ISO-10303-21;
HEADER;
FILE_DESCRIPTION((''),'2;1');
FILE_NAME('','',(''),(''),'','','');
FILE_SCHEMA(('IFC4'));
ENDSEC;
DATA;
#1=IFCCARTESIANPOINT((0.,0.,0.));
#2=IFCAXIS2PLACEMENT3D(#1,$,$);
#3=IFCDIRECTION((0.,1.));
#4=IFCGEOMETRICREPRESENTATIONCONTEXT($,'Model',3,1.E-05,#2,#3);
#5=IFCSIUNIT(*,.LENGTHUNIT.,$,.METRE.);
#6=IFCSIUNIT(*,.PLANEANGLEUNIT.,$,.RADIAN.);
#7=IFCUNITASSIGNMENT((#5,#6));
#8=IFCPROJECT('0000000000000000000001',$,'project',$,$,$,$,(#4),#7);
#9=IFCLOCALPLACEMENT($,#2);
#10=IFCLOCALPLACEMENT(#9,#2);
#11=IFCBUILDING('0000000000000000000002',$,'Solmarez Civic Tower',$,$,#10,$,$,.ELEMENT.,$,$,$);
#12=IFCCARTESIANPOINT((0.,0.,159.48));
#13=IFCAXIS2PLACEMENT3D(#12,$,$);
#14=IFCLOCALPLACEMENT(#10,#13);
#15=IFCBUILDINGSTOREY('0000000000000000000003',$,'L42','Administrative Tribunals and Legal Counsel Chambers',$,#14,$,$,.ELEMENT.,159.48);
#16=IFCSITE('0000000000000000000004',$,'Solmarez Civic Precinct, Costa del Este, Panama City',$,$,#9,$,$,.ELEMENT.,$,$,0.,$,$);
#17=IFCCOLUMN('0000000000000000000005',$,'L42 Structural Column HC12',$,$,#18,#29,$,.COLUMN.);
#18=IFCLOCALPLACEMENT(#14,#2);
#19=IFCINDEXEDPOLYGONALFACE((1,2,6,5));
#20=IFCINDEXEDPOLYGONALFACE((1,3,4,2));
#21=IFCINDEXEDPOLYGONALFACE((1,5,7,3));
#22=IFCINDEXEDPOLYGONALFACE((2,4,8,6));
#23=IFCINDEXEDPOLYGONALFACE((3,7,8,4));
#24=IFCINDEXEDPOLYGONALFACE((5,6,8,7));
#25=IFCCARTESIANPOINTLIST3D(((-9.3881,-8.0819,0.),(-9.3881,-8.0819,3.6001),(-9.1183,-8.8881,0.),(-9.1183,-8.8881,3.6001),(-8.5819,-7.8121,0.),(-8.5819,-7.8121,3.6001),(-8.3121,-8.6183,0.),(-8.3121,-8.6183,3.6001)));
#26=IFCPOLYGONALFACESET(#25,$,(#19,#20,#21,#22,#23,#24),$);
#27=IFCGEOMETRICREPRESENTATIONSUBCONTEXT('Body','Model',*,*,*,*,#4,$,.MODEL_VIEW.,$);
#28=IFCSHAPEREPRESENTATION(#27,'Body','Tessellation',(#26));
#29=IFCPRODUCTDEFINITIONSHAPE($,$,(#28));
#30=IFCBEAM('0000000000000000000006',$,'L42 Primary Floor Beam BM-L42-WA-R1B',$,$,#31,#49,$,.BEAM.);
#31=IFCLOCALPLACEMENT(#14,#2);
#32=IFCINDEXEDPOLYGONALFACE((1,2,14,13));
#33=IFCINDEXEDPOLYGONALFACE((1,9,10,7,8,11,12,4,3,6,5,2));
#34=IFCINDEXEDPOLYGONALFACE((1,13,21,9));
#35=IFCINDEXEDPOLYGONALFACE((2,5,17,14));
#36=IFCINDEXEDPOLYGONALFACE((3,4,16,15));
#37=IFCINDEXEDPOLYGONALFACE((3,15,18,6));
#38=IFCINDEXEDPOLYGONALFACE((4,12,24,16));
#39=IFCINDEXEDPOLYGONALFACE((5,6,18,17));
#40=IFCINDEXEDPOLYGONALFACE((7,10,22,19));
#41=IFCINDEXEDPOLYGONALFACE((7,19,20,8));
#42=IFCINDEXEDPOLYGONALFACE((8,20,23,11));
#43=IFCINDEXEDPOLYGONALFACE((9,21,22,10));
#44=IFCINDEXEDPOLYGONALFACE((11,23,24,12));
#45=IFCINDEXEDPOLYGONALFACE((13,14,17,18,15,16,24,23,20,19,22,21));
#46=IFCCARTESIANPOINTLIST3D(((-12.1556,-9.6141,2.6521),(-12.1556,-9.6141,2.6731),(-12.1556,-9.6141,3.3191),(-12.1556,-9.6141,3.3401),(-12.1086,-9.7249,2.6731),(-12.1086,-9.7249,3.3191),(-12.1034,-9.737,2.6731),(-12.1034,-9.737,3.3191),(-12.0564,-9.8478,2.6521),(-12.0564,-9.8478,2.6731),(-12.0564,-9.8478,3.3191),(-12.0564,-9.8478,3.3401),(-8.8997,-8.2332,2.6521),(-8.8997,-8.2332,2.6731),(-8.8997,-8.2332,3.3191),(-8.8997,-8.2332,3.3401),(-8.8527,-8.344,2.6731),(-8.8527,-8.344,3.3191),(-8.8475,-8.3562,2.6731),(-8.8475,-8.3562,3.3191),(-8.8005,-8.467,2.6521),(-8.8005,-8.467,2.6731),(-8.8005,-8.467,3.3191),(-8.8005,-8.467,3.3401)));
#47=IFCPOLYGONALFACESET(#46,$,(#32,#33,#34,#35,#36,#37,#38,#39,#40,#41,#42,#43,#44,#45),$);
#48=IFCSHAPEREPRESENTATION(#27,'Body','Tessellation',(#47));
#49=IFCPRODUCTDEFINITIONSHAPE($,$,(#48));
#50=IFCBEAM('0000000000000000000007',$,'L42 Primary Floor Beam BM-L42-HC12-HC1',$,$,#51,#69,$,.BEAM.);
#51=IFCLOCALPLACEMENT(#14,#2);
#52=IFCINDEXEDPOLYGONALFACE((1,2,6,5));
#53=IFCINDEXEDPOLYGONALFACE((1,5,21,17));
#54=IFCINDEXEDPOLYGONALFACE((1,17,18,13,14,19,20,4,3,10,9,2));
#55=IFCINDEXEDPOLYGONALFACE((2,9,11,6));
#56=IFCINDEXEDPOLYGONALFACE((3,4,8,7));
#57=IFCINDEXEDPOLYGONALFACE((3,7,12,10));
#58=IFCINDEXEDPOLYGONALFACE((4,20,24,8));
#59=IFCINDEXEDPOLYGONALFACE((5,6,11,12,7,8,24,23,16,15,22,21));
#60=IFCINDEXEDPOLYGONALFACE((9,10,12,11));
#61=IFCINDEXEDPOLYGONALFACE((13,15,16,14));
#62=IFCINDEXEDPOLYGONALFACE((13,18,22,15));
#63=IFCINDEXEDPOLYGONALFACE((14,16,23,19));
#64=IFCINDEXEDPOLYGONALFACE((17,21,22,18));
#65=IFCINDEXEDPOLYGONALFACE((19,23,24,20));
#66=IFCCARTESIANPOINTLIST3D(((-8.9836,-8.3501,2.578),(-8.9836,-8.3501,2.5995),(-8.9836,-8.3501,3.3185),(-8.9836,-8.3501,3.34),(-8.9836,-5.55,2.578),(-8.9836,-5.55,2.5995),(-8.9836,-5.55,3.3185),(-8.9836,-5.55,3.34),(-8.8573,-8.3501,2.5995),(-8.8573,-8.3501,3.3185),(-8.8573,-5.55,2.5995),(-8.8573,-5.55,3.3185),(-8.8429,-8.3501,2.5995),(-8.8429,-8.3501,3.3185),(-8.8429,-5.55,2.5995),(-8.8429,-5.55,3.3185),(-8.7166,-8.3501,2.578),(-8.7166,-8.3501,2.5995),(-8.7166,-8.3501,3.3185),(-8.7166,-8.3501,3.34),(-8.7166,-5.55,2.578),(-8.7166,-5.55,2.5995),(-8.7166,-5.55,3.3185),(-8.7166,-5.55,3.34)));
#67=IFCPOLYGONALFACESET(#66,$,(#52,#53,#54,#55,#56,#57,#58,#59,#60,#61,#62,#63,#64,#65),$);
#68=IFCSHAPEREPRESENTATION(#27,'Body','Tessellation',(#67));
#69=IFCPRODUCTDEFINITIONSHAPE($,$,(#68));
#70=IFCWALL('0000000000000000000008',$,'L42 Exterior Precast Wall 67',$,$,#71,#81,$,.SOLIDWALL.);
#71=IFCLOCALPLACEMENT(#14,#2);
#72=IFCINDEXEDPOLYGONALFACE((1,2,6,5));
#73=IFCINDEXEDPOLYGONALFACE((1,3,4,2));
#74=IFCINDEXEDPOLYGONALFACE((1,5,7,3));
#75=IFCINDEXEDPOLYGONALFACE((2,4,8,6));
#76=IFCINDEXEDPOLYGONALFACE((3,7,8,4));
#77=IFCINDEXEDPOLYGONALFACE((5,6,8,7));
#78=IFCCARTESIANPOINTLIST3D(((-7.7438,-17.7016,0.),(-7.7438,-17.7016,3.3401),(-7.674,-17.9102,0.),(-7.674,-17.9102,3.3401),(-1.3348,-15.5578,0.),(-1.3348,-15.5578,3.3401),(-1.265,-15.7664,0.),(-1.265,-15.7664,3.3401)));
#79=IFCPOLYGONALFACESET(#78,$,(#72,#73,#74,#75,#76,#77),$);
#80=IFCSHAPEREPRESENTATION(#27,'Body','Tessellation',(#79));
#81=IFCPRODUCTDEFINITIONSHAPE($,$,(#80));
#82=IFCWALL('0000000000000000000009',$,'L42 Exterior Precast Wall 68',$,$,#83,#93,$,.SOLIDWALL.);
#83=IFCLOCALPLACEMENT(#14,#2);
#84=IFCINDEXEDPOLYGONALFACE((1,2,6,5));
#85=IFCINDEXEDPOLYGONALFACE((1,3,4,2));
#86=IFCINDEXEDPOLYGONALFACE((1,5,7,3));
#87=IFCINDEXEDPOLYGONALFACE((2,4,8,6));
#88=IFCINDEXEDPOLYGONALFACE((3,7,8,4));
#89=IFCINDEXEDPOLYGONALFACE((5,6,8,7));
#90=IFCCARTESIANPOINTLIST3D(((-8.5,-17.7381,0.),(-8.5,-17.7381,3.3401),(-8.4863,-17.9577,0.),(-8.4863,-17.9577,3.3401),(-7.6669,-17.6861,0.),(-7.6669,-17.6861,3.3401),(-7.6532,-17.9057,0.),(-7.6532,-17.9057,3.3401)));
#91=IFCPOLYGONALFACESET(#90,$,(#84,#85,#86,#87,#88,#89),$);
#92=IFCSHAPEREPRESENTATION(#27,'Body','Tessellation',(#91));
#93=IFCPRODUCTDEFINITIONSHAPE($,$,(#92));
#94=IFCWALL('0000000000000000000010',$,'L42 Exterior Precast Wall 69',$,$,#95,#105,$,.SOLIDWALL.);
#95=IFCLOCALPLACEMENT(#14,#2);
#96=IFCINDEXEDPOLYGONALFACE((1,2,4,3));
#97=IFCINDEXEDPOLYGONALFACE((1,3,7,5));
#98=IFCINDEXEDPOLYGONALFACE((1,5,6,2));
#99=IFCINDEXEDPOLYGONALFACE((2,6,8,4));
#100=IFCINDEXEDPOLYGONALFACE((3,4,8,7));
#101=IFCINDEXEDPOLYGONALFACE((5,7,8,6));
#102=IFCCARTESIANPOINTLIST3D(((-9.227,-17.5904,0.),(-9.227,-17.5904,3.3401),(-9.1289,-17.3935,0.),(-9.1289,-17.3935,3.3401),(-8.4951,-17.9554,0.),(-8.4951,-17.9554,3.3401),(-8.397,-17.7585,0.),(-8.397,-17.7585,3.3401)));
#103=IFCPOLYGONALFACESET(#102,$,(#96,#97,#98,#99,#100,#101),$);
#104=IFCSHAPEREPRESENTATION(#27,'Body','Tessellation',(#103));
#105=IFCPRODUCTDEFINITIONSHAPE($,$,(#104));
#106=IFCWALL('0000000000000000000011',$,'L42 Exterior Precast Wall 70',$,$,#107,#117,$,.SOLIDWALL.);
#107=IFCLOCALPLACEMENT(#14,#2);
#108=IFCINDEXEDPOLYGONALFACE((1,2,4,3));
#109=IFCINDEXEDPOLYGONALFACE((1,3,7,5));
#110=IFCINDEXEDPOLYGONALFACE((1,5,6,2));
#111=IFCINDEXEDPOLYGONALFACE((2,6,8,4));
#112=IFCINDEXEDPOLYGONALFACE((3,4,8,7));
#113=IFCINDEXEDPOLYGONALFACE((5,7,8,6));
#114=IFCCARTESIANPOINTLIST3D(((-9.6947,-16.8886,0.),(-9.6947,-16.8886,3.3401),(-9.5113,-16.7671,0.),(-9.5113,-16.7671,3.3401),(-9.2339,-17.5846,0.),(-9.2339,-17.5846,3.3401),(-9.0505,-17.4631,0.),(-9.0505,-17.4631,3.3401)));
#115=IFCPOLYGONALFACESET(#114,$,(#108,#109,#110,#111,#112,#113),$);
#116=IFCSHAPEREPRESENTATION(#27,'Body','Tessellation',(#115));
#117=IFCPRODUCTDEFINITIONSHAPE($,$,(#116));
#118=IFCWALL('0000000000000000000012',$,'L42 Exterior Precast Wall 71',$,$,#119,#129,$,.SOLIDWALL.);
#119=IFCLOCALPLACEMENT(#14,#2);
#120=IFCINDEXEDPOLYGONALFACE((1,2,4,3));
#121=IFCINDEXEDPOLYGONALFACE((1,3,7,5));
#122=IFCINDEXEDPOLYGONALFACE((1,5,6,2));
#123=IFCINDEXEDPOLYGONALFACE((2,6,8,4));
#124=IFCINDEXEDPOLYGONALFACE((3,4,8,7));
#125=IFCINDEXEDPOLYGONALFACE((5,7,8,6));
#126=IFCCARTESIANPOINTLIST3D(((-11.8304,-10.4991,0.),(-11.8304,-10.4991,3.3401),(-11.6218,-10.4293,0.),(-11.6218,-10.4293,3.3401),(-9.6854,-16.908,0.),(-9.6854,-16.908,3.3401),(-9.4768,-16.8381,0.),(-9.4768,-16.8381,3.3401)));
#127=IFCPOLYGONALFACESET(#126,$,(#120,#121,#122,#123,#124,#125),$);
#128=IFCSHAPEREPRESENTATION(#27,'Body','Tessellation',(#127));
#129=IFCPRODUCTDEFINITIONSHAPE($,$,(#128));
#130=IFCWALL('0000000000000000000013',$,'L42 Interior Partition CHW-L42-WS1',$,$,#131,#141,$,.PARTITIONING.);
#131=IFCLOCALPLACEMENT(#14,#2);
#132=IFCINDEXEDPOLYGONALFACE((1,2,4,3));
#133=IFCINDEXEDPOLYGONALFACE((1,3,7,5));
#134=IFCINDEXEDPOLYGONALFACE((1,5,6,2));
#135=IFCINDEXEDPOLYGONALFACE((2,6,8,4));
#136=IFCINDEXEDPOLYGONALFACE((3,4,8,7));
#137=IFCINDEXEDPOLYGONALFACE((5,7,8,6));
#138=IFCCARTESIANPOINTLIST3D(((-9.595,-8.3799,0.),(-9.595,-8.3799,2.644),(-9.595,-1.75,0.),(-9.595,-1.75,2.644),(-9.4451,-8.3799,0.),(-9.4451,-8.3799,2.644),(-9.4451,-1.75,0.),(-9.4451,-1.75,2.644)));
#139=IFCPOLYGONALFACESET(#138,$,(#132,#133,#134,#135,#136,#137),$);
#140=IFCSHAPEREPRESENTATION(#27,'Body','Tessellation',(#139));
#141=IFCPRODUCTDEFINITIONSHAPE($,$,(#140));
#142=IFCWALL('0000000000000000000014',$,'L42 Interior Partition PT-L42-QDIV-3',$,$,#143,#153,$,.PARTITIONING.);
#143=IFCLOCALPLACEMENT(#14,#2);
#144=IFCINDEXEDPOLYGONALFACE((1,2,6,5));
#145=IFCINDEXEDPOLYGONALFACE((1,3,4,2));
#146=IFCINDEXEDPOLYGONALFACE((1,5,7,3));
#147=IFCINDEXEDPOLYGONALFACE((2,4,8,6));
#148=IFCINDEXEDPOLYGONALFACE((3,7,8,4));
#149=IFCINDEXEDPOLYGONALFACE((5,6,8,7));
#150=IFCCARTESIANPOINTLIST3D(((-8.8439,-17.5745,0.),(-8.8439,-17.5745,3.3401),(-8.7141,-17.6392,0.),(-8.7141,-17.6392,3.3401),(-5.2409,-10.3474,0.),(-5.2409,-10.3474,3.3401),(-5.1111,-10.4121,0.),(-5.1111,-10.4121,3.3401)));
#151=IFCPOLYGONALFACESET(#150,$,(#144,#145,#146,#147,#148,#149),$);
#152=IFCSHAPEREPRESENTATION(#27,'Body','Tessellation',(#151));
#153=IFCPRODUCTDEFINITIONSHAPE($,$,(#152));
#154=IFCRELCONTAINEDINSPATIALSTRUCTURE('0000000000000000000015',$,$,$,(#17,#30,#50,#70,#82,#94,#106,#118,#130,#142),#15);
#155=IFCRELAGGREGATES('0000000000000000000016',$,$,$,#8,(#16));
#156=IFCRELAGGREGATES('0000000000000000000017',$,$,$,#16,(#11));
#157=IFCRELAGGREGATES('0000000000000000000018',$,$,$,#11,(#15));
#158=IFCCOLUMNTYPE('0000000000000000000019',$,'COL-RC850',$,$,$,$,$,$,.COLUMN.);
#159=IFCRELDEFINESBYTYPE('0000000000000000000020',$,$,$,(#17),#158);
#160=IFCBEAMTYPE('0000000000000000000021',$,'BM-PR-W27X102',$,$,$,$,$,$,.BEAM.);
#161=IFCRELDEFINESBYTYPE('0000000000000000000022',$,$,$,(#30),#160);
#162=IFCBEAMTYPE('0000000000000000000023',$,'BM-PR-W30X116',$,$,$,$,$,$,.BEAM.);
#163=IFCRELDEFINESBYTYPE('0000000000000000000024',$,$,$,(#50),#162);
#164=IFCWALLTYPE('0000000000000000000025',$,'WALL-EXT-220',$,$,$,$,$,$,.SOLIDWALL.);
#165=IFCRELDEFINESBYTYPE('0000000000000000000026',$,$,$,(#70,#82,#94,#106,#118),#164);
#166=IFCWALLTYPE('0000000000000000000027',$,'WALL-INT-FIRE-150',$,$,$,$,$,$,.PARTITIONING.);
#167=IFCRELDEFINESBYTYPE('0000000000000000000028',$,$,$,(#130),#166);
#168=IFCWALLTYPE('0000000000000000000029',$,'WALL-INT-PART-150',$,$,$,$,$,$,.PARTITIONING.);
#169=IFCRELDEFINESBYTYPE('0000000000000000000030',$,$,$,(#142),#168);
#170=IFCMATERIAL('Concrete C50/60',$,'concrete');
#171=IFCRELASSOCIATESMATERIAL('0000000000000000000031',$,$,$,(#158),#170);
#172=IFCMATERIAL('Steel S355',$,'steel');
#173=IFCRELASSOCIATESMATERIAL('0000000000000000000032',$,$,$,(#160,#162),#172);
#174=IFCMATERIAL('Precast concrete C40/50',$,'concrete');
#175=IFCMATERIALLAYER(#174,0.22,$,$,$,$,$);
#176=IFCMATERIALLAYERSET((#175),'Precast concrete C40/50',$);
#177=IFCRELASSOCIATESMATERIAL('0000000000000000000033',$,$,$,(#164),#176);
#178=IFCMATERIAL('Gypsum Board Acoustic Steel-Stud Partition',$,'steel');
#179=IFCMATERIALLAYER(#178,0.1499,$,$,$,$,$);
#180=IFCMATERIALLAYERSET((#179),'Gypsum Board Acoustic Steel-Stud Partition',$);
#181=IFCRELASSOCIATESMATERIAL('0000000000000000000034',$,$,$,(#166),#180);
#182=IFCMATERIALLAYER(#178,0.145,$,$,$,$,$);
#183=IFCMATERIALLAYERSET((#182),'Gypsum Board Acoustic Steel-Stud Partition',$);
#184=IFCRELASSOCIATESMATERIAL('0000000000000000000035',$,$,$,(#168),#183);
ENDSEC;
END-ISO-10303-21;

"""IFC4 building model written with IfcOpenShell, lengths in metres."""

from ifc_helpers import new_model, si_unit, direction, frame, frame_2d, origin, origin_2d, place, context, subcontext, project, spatial, rectangle, i_section, extrude, material, layer, layer_set, material_profile, profile_set, type_object, element, save


model = new_model("IFC4")

# Units and contexts
model_context = context("Model", 3, precision=1e-05, world=origin(), true_north=direction((0.0, 1.0)))
body_context = subcontext(model_context, "Body", "Model", "MODEL_VIEW")
ifc_project = project(units=[si_unit("LENGTHUNIT", "METRE"), si_unit("PLANEANGLEUNIT", "RADIAN")], contexts=[model_context])

# Site, building, storey
site_placement = place(None, origin())
site = spatial("IfcSite", under=ifc_project, at=site_placement, Name="Solmarez Civic Precinct, Costa del Este, Panama City", CompositionType="ELEMENT", RefElevation=0.0)
building_placement = place(site_placement, origin())
building = spatial("IfcBuilding", under=site, at=building_placement, Name="Solmarez Civic Tower", CompositionType="ELEMENT")
storey_placement = place(building_placement, frame((0.0, 0.0, 159.48)))
storey = spatial("IfcBuildingStorey", under=building, at=storey_placement, Name="L42", Description="Administrative Tribunals and Legal Counsel Chambers", CompositionType="ELEMENT", Elevation=159.48)

# Column
ifc_material_1 = material(Name="Concrete C50/60", Category="concrete")
ifc_material_profile_1 = material_profile(ifc_material_1, rectangle(XDim=0.8501, YDim=0.8501, at=origin_2d()), Name="RC850X850")
ifc_profile_set_1 = profile_set([ifc_material_profile_1], Name="Concrete C50/60")
column_type = type_object("IfcColumnType", Name="COL-RC850", PredefinedType="COLUMN", material=ifc_profile_set_1)
column_placement = place(storey_placement, frame((-8.8501, -8.3501, 0.0), z_axis=(0.0, 0.0, 1.0), x_axis=(0.948324, 0.317305, 0.0)))
element("IfcColumn", 1, at=column_placement, inside=storey, type_object=column_type, Name="L42 Structural Column HC12", PredefinedType="COLUMN", context=body_context, shape_type="SweptSolid", body=[
    extrude(rectangle(XDim=0.8501, YDim=0.8501, at=origin_2d()), origin(), (0.0, 0.0, 1.0), 3.6001),
])

# Beams
ifc_material_2 = material(Name="Steel S355", Category="steel")
ifc_material_profile_2 = material_profile(ifc_material_2, i_section(OverallWidth=0.2539, OverallDepth=0.688, WebThickness=0.0132, FlangeThickness=0.021, at=origin_2d()), Name="W27X102")
ifc_profile_set_2 = profile_set([ifc_material_profile_2], Name="Steel S355")
beam_type_1 = type_object("IfcBeamType", Name="BM-PR-W27X102", PredefinedType="BEAM", material=ifc_profile_set_2)
beam_1_placement = place(storey_placement, frame((-8.8501, -8.3501, 2.9961), z_axis=(-0.920624, -0.390451, 0.0), x_axis=(0.390451, -0.920624, 0.0)))
element("IfcBeam", 2, at=beam_1_placement, inside=storey, type_object=beam_type_1, Name="L42 Primary Floor Beam BM-L42-WA-R1B", PredefinedType="BEAM", context=body_context, shape_type="SweptSolid", body=[
    extrude(i_section(OverallWidth=0.2539, OverallDepth=0.688, WebThickness=0.0132, FlangeThickness=0.021, at=origin_2d()), origin(), (0.0, 0.0, 1.0), 3.5366),
])
ifc_material_profile_3 = material_profile(ifc_material_2, i_section(OverallWidth=0.2671, OverallDepth=0.762, WebThickness=0.0144, FlangeThickness=0.0215, at=origin_2d()), Name="W30X116")
ifc_profile_set_3 = profile_set([ifc_material_profile_3], Name="Steel S355")
beam_type_2 = type_object("IfcBeamType", Name="BM-PR-W30X116", PredefinedType="BEAM", material=ifc_profile_set_3)
beam_2_placement = place(storey_placement, frame((-8.8501, -8.3501, 2.959), z_axis=(0.0, 1.0, 0.0), x_axis=(-1.0, 0.0, 0.0)))
element("IfcBeam", 3, at=beam_2_placement, inside=storey, type_object=beam_type_2, Name="L42 Primary Floor Beam BM-L42-HC12-HC1", PredefinedType="BEAM", context=body_context, shape_type="SweptSolid", body=[
    extrude(i_section(OverallWidth=0.2671, OverallDepth=0.762, WebThickness=0.0144, FlangeThickness=0.0215, at=origin_2d()), origin(), (0.0, 0.0, 1.0), 2.8),
])

# Walls
ifc_material_3 = material(Name="Precast concrete C40/50", Category="concrete")
ifc_layer_1 = layer(ifc_material_3, 0.22)
ifc_layer_set_1 = layer_set([ifc_layer_1], Name="Precast concrete C40/50")
wall_type_1 = type_object("IfcWallType", Name="WALL-EXT-220", PredefinedType="SOLIDWALL", material=ifc_layer_set_1)
wall_1_placement = place(storey_placement, frame((-1.3, -15.6621, 0.0), z_axis=(0.0, 0.0, 1.0), x_axis=(-0.94835, -0.317225, 0.0)))
element("IfcWall", 4, at=wall_1_placement, inside=storey, type_object=wall_type_1, Name="L42 Exterior Precast Wall 67", PredefinedType="SOLIDWALL", context=body_context, shape_type="SweptSolid", body=[
    extrude(rectangle(XDim=6.7581, YDim=0.22, at=frame_2d((3.3789, 0.0))), origin(), (0.0, 0.0, 1.0), 3.3401),
])
wall_2_placement = place(storey_placement, frame((-7.6599, -17.7959, 0.0), z_axis=(0.0, 0.0, 1.0), x_axis=(-0.998057, -0.062305, 0.0)))
element("IfcWall", 5, at=wall_2_placement, inside=storey, type_object=wall_type_1, Name="L42 Exterior Precast Wall 68", PredefinedType="SOLIDWALL", context=body_context, shape_type="SweptSolid", body=[
    extrude(rectangle(XDim=0.8347, YDim=0.22, at=frame_2d((0.4175, 0.0))), origin(), (0.0, 0.0, 1.0), 3.3401),
])
wall_3_placement = place(storey_placement, frame((-8.446, -17.8569, 0.0), z_axis=(0.0, 0.0, 1.0), x_axis=(-0.894904, 0.446258, 0.0)))
element("IfcWall", 6, at=wall_3_placement, inside=storey, type_object=wall_type_1, Name="L42 Exterior Precast Wall 69", PredefinedType="SOLIDWALL", context=body_context, shape_type="SweptSolid", body=[
    extrude(rectangle(XDim=0.8179, YDim=0.22, at=frame_2d((0.4089, 0.0))), origin(), (0.0, 0.0, 1.0), 3.3401),
])
wall_4_placement = place(storey_placement, frame((-9.1421, -17.5239, 0.0), z_axis=(0.0, 0.0, 1.0), x_axis=(-0.552133, 0.833756, 0.0)))
element("IfcWall", 7, at=wall_4_placement, inside=storey, type_object=wall_type_1, Name="L42 Exterior Precast Wall 70", PredefinedType="SOLIDWALL", context=body_context, shape_type="SweptSolid", body=[
    extrude(rectangle(XDim=0.8347, YDim=0.22, at=frame_2d((0.4175, 0.0))), origin(), (0.0, 0.0, 1.0), 3.3401),
])
wall_5_placement = place(storey_placement, frame((-9.5811, -16.873, 0.0), z_axis=(0.0, 0.0, 1.0), x_axis=(-0.317387, 0.948296, 0.0)))
element("IfcWall", 8, at=wall_5_placement, inside=storey, type_object=wall_type_1, Name="L42 Exterior Precast Wall 71", PredefinedType="SOLIDWALL", context=body_context, shape_type="SweptSolid", body=[
    extrude(rectangle(XDim=6.7583, YDim=0.22, at=frame_2d((3.3792, 0.0))), origin(), (0.0, 0.0, 1.0), 3.3401),
])
ifc_material_4 = material(Name="Gypsum Board Acoustic Steel-Stud Partition", Category="steel")
ifc_layer_2 = layer(ifc_material_4, 0.1499)
ifc_layer_set_2 = layer_set([ifc_layer_2], Name="Gypsum Board Acoustic Steel-Stud Partition")
wall_type_2 = type_object("IfcWallType", Name="WALL-INT-FIRE-150", PredefinedType="PARTITIONING", material=ifc_layer_set_2)
wall_6_placement = place(storey_placement, frame((-9.52, -8.3799, 0.0), z_axis=(0.0, 0.0, 1.0), x_axis=(0.0, 1.0, 0.0)))
element("IfcWall", 9, at=wall_6_placement, inside=storey, type_object=wall_type_2, Name="L42 Interior Partition CHW-L42-WS1", PredefinedType="PARTITIONING", context=body_context, shape_type="SweptSolid", body=[
    extrude(rectangle(XDim=6.6299, YDim=0.1499, at=frame_2d((3.3149, 0.0))), origin(), (0.0, 0.0, 1.0), 2.644),
])
ifc_layer_3 = layer(ifc_material_4, 0.145)
ifc_layer_set_3 = layer_set([ifc_layer_3], Name="Gypsum Board Acoustic Steel-Stud Partition")
wall_type_3 = type_object("IfcWallType", Name="WALL-INT-PART-150", PredefinedType="PARTITIONING", material=ifc_layer_set_3)
wall_7_placement = place(storey_placement, frame((-5.176, -10.3799, 0.0), z_axis=(0.0, 0.0, 1.0), x_axis=(-0.446173, -0.894947, 0.0)))
element("IfcWall", 10, at=wall_7_placement, inside=storey, type_object=wall_type_3, Name="L42 Interior Partition PT-L42-QDIV-3", PredefinedType="PARTITIONING", context=body_context, shape_type="SweptSolid", body=[
    extrude(rectangle(XDim=8.0754, YDim=0.145, at=frame_2d((4.0376, 0.0))), origin(), (0.0, 0.0, 1.0), 3.3401),
])

save(model, "model.ifc")
